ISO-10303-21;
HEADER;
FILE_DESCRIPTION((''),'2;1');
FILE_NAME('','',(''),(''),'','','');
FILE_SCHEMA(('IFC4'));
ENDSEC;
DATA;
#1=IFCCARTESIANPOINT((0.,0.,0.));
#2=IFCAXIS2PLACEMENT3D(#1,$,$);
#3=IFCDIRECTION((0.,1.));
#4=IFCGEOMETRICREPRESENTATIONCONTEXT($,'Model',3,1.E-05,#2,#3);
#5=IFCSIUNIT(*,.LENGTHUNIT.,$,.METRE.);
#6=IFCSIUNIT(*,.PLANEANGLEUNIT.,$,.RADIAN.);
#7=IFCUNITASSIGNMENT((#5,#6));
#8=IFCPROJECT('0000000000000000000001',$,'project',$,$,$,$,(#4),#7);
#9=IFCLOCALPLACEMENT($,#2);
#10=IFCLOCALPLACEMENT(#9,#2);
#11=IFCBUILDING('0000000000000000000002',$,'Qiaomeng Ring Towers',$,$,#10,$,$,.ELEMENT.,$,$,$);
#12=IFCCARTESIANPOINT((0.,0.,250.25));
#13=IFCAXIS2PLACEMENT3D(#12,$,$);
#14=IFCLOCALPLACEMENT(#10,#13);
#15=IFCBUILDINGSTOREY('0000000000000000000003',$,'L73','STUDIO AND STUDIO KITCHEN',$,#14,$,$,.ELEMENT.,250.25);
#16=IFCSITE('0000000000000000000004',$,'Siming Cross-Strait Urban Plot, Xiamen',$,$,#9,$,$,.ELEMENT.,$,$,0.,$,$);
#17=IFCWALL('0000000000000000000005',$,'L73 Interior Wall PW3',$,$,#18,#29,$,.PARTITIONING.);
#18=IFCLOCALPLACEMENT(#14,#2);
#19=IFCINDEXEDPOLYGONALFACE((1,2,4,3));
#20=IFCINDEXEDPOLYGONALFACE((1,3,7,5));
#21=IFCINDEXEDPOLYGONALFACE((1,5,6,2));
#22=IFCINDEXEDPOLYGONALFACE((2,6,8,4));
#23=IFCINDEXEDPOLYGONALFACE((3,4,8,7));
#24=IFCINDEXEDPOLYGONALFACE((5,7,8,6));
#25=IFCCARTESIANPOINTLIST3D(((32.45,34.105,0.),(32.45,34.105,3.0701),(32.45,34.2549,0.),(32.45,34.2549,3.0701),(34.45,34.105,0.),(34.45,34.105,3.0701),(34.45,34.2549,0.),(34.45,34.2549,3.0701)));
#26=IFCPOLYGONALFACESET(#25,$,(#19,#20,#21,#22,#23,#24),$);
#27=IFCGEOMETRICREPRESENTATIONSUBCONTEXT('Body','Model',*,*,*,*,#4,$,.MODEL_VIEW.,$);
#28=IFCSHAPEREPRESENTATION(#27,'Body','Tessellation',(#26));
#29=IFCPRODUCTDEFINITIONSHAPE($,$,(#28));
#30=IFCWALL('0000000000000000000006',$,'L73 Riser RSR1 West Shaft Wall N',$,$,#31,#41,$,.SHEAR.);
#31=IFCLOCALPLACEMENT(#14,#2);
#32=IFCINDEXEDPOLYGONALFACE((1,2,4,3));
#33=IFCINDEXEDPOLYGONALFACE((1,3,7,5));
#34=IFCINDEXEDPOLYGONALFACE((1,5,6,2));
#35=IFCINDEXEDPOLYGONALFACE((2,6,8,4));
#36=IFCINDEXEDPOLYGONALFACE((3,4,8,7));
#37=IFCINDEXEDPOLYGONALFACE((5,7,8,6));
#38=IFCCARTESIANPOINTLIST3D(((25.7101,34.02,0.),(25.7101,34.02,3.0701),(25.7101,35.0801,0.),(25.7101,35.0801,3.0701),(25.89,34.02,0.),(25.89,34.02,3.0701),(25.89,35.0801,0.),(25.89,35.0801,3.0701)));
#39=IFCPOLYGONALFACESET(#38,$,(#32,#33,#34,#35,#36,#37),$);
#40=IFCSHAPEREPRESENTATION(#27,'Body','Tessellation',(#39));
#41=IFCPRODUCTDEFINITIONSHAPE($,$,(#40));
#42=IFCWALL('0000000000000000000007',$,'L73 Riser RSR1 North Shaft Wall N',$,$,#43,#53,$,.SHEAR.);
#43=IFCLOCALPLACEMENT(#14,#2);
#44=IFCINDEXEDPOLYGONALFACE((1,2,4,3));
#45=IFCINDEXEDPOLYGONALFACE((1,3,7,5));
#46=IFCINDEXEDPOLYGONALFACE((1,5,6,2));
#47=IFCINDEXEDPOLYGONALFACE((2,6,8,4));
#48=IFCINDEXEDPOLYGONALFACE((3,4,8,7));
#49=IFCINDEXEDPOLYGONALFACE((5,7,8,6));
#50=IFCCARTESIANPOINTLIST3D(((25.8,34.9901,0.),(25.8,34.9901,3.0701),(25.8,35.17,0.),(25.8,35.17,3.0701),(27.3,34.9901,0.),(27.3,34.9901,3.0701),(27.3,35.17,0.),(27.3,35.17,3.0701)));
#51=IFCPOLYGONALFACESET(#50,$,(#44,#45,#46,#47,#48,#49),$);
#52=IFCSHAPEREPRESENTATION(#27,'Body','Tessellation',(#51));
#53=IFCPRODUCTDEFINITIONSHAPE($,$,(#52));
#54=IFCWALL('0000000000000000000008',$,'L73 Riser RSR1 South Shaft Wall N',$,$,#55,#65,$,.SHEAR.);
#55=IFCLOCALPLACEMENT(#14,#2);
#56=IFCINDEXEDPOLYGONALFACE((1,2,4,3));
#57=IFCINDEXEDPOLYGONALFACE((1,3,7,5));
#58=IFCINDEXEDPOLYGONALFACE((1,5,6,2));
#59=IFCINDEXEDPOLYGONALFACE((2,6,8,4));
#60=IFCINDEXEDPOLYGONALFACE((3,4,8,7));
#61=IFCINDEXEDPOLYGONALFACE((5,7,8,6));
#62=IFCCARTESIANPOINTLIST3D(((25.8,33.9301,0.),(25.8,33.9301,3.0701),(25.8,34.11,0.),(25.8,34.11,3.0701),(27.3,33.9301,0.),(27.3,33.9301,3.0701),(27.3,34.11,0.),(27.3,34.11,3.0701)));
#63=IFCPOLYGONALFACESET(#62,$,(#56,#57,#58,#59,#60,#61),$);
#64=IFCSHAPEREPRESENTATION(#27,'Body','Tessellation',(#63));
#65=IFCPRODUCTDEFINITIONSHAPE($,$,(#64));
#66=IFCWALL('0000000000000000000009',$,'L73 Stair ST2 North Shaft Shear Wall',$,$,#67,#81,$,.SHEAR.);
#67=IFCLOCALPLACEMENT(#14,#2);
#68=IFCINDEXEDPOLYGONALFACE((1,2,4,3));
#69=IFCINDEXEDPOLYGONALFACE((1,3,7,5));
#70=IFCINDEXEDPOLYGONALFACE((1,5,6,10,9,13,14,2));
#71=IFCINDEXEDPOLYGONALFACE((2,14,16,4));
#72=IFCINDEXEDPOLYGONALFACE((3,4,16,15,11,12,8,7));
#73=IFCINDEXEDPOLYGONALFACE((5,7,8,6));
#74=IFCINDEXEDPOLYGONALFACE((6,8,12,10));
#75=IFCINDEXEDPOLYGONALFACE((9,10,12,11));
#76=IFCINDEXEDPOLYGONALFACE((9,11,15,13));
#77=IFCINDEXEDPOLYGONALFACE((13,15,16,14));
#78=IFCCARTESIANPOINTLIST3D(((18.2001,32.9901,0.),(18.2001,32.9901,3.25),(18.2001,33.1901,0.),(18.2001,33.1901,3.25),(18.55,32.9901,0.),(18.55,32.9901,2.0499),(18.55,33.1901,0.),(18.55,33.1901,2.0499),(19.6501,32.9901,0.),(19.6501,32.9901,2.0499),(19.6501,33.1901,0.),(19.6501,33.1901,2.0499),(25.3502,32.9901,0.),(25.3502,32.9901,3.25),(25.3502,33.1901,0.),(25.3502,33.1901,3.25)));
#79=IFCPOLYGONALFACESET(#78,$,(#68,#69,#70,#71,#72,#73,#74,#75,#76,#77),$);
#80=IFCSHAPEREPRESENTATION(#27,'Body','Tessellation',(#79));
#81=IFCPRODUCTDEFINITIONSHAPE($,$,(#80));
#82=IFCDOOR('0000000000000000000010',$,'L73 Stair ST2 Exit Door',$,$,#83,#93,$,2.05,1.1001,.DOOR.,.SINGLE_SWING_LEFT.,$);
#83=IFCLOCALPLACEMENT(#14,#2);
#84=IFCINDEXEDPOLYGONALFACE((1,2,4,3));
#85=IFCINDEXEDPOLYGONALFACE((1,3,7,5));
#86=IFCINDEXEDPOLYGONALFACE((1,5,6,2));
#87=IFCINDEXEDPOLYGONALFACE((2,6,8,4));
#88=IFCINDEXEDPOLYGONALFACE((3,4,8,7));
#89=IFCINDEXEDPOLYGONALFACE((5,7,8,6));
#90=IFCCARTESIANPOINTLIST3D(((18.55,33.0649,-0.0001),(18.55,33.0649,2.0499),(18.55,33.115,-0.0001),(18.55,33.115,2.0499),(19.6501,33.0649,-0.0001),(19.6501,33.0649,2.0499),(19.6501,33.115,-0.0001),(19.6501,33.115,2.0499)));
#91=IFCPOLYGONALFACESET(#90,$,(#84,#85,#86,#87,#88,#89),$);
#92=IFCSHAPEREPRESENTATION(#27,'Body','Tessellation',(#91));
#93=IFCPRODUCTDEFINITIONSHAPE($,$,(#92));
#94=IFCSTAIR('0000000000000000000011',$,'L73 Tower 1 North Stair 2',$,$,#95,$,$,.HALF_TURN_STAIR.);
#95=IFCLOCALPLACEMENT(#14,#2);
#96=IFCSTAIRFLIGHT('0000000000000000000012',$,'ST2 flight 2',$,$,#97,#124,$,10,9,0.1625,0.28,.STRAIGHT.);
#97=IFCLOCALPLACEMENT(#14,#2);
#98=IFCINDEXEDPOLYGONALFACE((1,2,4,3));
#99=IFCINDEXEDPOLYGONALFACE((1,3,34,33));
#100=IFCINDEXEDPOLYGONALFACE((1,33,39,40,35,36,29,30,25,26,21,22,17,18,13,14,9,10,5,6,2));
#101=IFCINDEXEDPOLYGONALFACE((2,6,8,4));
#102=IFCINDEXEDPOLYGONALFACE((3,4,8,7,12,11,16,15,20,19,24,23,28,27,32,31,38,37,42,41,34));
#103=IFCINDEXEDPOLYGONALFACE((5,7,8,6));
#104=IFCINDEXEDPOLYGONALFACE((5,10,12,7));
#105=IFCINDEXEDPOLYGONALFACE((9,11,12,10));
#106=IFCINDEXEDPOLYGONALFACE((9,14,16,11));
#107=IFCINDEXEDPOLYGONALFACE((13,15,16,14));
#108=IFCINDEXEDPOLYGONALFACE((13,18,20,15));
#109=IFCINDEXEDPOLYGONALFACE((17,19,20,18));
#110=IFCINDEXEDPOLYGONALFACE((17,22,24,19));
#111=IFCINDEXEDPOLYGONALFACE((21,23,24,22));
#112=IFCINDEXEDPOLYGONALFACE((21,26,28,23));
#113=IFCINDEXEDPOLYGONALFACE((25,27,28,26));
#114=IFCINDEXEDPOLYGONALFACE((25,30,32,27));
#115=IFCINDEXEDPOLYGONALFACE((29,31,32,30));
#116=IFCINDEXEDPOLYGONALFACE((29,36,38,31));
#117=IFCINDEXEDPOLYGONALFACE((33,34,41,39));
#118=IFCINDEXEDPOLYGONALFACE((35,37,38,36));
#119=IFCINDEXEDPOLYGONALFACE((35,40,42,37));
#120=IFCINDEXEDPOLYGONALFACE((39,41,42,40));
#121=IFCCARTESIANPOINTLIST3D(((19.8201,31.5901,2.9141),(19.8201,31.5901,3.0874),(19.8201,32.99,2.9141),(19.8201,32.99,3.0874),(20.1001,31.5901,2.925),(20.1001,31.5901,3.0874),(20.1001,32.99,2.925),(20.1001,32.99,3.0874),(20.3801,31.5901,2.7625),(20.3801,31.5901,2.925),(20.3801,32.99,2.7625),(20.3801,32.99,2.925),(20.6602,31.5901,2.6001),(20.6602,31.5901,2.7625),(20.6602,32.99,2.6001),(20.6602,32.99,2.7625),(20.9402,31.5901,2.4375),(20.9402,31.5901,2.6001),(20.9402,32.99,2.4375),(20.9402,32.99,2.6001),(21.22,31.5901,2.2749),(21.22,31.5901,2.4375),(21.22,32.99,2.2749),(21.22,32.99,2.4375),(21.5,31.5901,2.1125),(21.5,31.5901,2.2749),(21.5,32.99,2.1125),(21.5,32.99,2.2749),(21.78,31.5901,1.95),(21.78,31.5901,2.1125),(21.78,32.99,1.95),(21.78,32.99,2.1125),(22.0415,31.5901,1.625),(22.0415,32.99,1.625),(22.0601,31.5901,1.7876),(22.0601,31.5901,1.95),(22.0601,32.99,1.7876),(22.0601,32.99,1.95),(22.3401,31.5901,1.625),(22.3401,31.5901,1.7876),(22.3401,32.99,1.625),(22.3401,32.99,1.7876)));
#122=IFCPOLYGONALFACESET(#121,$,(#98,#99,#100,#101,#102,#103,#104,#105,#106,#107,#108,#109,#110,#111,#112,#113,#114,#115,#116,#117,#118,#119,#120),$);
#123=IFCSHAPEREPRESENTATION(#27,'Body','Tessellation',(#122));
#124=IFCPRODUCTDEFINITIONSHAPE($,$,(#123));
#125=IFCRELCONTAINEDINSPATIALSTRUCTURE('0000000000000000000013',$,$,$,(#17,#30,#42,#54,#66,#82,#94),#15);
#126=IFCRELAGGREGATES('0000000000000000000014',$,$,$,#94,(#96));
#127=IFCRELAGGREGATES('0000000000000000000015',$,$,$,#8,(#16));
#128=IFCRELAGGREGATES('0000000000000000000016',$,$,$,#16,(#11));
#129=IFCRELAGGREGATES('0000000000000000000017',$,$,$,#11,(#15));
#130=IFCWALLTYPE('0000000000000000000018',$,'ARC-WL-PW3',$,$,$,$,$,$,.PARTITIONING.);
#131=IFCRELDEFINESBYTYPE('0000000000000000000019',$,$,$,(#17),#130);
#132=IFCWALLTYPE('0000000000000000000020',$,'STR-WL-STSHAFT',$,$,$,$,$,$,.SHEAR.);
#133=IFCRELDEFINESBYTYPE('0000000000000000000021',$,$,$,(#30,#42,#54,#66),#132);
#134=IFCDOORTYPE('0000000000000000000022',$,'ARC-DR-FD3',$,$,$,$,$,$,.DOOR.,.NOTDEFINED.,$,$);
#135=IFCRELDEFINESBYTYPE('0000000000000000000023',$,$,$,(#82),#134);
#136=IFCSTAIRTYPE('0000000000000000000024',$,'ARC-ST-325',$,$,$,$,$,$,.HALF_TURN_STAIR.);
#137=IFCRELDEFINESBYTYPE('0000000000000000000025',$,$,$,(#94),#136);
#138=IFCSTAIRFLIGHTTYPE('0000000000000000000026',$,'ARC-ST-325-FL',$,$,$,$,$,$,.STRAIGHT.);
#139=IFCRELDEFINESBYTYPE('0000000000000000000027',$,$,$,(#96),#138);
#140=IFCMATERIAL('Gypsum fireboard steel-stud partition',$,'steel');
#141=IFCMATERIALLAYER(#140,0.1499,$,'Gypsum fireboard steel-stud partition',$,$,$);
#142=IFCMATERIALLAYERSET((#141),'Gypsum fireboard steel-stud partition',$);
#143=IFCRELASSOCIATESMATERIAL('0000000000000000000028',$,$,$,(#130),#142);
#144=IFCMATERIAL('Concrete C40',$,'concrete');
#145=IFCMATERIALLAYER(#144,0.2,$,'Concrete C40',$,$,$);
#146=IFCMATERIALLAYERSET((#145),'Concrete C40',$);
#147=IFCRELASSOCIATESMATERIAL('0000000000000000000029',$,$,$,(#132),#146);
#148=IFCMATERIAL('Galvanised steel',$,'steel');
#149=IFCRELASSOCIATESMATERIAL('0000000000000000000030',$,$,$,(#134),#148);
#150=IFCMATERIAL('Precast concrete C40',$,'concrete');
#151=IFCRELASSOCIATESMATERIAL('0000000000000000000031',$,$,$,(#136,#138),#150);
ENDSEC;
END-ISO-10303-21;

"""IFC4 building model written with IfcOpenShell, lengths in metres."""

from ifc_helpers import new_model, si_unit, direction, frame, frame_2d, origin, place, context, subcontext, project, spatial, polyline, rectangle, outline, extrude, source, transform, mapped, material, layer, layer_set, type_object, element, fill, aggregate, save


model = new_model("IFC4")

# Units and contexts
model_context = context("Model", 3, precision=1e-05, world=origin(), true_north=direction((0.0, 1.0)))
body_context = subcontext(model_context, "Body", "Model", "MODEL_VIEW")
ifc_project = project(units=[si_unit("LENGTHUNIT", "METRE"), si_unit("PLANEANGLEUNIT", "RADIAN")], contexts=[model_context])

# Site, building, storey
site_placement = place(None, origin())
site = spatial("IfcSite", under=ifc_project, at=site_placement, Name="Siming Cross-Strait Urban Plot, Xiamen", CompositionType="ELEMENT", RefElevation=0.0)
building_placement = place(site_placement, origin())
building = spatial("IfcBuilding", under=site, at=building_placement, Name="Qiaomeng Ring Towers", CompositionType="ELEMENT")
storey_placement = place(building_placement, frame((0.0, 0.0, 250.25)))
storey = spatial("IfcBuildingStorey", under=building, at=storey_placement, Name="L73", Description="STUDIO AND STUDIO KITCHEN", CompositionType="ELEMENT", Elevation=250.25)

# Shared definitions
ifc_material_1 = material(Name="Concrete C40", Category="concrete")

# Walls
ifc_material_2 = material(Name="Gypsum fireboard steel-stud partition", Category="steel")
ifc_layer_1 = layer(ifc_material_2, 0.1499, Name="Gypsum fireboard steel-stud partition")
ifc_layer_set_1 = layer_set([ifc_layer_1], Name="Gypsum fireboard steel-stud partition")
wall_type_1 = type_object("IfcWallType", Name="ARC-WL-PW3", PredefinedType="PARTITIONING", material=ifc_layer_set_1)
wall_1_placement = place(storey_placement, frame((32.45, 34.1799, 0.0), z_axis=(0.0, 0.0, 1.0), x_axis=(1.0, 0.0, 0.0)))
element("IfcWall", 1, at=wall_1_placement, inside=storey, type_object=wall_type_1, Name="L73 Interior Wall PW3", PredefinedType="PARTITIONING", context=body_context, shape_type="SweptSolid", body=[
    extrude(rectangle(XDim=2.0, YDim=0.1499, at=frame_2d((1.0, 0.0))), origin(), (0.0, 0.0, 1.0), 3.0701),
])
ifc_layer_2 = layer(ifc_material_1, 0.2, Name="Concrete C40")
ifc_layer_set_2 = layer_set([ifc_layer_2], Name="Concrete C40")
wall_type_2 = type_object("IfcWallType", Name="STR-WL-STSHAFT", PredefinedType="SHEAR", material=ifc_layer_set_2)
wall_2_placement = place(storey_placement, frame((25.8, 34.02, 0.0), z_axis=(0.0, 0.0, 1.0), x_axis=(0.0, 1.0, 0.0)))
element("IfcWall", 2, at=wall_2_placement, inside=storey, type_object=wall_type_2, Name="L73 Riser RSR1 West Shaft Wall N", PredefinedType="SHEAR", context=body_context, shape_type="SweptSolid", body=[
    extrude(rectangle(XDim=1.0601, YDim=0.1799, at=frame_2d((0.53, 0.0))), origin(), (0.0, 0.0, 1.0), 3.0701),
])
for number, where, z_axis, x_axis, name in (
    (3, (25.8, 35.0801, 0.0), (0.0, 0.0, 1.0), (1.0, 0.0, 0.0), "L73 Riser RSR1 North Shaft Wall N"),
    (4, (25.8, 34.02, 0.0), (0.0, 0.0, 1.0), (1.0, 0.0, 0.0), "L73 Riser RSR1 South Shaft Wall N"),
):
    element("IfcWall", number, at=place(storey_placement, frame(where, z_axis=z_axis, x_axis=x_axis)), inside=storey, type_object=wall_type_2, Name=name, PredefinedType="SHEAR", context=body_context, shape_type="SweptSolid", body=[
        extrude(rectangle(XDim=1.5, YDim=0.1799, at=frame_2d((0.75, 0.0))), origin(), (0.0, 0.0, 1.0), 3.0701),
    ])

# Wall, opening, door
wall_3_placement = place(storey_placement, frame((18.2, 33.0901, 0.0), z_axis=(0.0, 0.0, 1.0), x_axis=(1.0, 0.0, 0.0)))
wall_3 = element("IfcWall", 5, at=wall_3_placement, inside=storey, type_object=wall_type_2, Name="L73 Stair ST2 North Shaft Shear Wall", PredefinedType="SHEAR", context=body_context, shape_type="SweptSolid", body=[
    extrude(rectangle(XDim=7.1501, YDim=0.2, at=frame_2d((3.5752, 0.0))), origin(), (0.0, 0.0, 1.0), 3.25),
])
opening_placement = place(wall_3_placement, frame((0.3501, 0.0, 0.0)))
opening = element("IfcOpeningElement", 6, at=opening_placement, cuts=wall_3, PredefinedType="OPENING", context=body_context, shape_type="SweptSolid", body=[
    extrude(rectangle(XDim=1.1001, YDim=2.05, at=frame_2d((0.55, 1.0249))), frame((0.0, 0.1099, 0.0), z_axis=(0.0, -1.0, 0.0), x_axis=(1.0, 0.0, 0.0)), (0.0, 0.0, 1.0), 0.22),
])
ifc_material_3 = material(Name="Galvanised steel", Category="steel")
door_type = type_object("IfcDoorType", Name="ARC-DR-FD3", OperationType="NOTDEFINED", PredefinedType="DOOR", material=ifc_material_3)
shared_shape_1 = source(origin(), body_context, "Body", "SweptSolid", [
    extrude(rectangle(XDim=1.1001, YDim=2.05, at=frame_2d((0.55, 1.0249))), frame((0.0, 0.0249, 0.0), z_axis=(0.0, -1.0, 0.0), x_axis=(1.0, 0.0, 0.0)), (0.0, 0.0, 1.0), 0.05),
])
door_placement = place(opening_placement, origin())
door = element("IfcDoor", 7, at=door_placement, inside=storey, type_object=door_type, Name="L73 Stair ST2 Exit Door", OperationType="SINGLE_SWING_LEFT", OverallHeight=2.05, OverallWidth=1.1001, PredefinedType="DOOR", context=body_context, shape_type="MappedRepresentation", body=[
    mapped(shared_shape_1, transform((0.0, 0.0, 0.0), x_axis=(1.0, 0.0, 0.0), y_axis=(0.0, 1.0, 0.0), z_axis=(0.0, 0.0, 1.0), scale=1.0)),
])
fill(opening, door)

# Stair, stair flight
ifc_material_4 = material(Name="Precast concrete C40", Category="concrete")
stair_type = type_object("IfcStairType", Name="ARC-ST-325", PredefinedType="HALF_TURN_STAIR", material=ifc_material_4)
stair_placement = place(storey_placement, origin())
stair = element("IfcStair", 8, at=stair_placement, inside=storey, type_object=stair_type, Name="L73 Tower 1 North Stair 2", PredefinedType="HALF_TURN_STAIR")
stair_flight_type = type_object("IfcStairFlightType", Name="ARC-ST-325-FL", PredefinedType="STRAIGHT", material=ifc_material_4)
shared_shape_2 = source(origin(), body_context, "Body", "SweptSolid", [
    extrude(outline(polyline([(0.0, 0.0), (0.0, 0.1626), (0.28, 0.1626), (0.28, 0.325), (0.5601, 0.325), (0.5601, 0.4875), (0.8401, 0.4875), (0.8401, 0.6499), (1.1201, 0.6499), (1.1201, 0.8125), (1.3999, 0.8125), (1.3999, 0.9751), (1.6799, 0.9751), (1.6799, 1.1375), (1.96, 1.1375), (1.96, 1.3), (2.24, 1.3), (2.24, 1.4624), (2.52, 1.4624), (2.52, 1.625), (2.52, 1.2891), (0.2986, 0.0), (0.0, 0.0)])), frame((0.0, 0.7, 0.0), z_axis=(0.0, -1.0, 0.0), x_axis=(1.0, 0.0, 0.0)), (0.0, 0.0, 1.0), 1.3999),
])
stair_flight_placement = place(storey_placement, frame((22.3401, 32.29, 1.625), z_axis=(0.0, 0.0, 1.0), x_axis=(-1.0, 0.0, 0.0)))
stair_flight = element("IfcStairFlight", 9, at=stair_flight_placement, type_object=stair_flight_type, Name="ST2 flight 2", NumberOfRisers=10, NumberOfTreads=9, PredefinedType="STRAIGHT", RiserHeight=0.1625, TreadLength=0.28, context=body_context, shape_type="MappedRepresentation", body=[
    mapped(shared_shape_2, transform((0.0, 0.0, 0.0), x_axis=(1.0, 0.0, 0.0), y_axis=(0.0, 1.0, 0.0), z_axis=(0.0, 0.0, 1.0), scale=1.0)),
])
aggregate(stair, [stair_flight])

save(model, "model.ifc")
